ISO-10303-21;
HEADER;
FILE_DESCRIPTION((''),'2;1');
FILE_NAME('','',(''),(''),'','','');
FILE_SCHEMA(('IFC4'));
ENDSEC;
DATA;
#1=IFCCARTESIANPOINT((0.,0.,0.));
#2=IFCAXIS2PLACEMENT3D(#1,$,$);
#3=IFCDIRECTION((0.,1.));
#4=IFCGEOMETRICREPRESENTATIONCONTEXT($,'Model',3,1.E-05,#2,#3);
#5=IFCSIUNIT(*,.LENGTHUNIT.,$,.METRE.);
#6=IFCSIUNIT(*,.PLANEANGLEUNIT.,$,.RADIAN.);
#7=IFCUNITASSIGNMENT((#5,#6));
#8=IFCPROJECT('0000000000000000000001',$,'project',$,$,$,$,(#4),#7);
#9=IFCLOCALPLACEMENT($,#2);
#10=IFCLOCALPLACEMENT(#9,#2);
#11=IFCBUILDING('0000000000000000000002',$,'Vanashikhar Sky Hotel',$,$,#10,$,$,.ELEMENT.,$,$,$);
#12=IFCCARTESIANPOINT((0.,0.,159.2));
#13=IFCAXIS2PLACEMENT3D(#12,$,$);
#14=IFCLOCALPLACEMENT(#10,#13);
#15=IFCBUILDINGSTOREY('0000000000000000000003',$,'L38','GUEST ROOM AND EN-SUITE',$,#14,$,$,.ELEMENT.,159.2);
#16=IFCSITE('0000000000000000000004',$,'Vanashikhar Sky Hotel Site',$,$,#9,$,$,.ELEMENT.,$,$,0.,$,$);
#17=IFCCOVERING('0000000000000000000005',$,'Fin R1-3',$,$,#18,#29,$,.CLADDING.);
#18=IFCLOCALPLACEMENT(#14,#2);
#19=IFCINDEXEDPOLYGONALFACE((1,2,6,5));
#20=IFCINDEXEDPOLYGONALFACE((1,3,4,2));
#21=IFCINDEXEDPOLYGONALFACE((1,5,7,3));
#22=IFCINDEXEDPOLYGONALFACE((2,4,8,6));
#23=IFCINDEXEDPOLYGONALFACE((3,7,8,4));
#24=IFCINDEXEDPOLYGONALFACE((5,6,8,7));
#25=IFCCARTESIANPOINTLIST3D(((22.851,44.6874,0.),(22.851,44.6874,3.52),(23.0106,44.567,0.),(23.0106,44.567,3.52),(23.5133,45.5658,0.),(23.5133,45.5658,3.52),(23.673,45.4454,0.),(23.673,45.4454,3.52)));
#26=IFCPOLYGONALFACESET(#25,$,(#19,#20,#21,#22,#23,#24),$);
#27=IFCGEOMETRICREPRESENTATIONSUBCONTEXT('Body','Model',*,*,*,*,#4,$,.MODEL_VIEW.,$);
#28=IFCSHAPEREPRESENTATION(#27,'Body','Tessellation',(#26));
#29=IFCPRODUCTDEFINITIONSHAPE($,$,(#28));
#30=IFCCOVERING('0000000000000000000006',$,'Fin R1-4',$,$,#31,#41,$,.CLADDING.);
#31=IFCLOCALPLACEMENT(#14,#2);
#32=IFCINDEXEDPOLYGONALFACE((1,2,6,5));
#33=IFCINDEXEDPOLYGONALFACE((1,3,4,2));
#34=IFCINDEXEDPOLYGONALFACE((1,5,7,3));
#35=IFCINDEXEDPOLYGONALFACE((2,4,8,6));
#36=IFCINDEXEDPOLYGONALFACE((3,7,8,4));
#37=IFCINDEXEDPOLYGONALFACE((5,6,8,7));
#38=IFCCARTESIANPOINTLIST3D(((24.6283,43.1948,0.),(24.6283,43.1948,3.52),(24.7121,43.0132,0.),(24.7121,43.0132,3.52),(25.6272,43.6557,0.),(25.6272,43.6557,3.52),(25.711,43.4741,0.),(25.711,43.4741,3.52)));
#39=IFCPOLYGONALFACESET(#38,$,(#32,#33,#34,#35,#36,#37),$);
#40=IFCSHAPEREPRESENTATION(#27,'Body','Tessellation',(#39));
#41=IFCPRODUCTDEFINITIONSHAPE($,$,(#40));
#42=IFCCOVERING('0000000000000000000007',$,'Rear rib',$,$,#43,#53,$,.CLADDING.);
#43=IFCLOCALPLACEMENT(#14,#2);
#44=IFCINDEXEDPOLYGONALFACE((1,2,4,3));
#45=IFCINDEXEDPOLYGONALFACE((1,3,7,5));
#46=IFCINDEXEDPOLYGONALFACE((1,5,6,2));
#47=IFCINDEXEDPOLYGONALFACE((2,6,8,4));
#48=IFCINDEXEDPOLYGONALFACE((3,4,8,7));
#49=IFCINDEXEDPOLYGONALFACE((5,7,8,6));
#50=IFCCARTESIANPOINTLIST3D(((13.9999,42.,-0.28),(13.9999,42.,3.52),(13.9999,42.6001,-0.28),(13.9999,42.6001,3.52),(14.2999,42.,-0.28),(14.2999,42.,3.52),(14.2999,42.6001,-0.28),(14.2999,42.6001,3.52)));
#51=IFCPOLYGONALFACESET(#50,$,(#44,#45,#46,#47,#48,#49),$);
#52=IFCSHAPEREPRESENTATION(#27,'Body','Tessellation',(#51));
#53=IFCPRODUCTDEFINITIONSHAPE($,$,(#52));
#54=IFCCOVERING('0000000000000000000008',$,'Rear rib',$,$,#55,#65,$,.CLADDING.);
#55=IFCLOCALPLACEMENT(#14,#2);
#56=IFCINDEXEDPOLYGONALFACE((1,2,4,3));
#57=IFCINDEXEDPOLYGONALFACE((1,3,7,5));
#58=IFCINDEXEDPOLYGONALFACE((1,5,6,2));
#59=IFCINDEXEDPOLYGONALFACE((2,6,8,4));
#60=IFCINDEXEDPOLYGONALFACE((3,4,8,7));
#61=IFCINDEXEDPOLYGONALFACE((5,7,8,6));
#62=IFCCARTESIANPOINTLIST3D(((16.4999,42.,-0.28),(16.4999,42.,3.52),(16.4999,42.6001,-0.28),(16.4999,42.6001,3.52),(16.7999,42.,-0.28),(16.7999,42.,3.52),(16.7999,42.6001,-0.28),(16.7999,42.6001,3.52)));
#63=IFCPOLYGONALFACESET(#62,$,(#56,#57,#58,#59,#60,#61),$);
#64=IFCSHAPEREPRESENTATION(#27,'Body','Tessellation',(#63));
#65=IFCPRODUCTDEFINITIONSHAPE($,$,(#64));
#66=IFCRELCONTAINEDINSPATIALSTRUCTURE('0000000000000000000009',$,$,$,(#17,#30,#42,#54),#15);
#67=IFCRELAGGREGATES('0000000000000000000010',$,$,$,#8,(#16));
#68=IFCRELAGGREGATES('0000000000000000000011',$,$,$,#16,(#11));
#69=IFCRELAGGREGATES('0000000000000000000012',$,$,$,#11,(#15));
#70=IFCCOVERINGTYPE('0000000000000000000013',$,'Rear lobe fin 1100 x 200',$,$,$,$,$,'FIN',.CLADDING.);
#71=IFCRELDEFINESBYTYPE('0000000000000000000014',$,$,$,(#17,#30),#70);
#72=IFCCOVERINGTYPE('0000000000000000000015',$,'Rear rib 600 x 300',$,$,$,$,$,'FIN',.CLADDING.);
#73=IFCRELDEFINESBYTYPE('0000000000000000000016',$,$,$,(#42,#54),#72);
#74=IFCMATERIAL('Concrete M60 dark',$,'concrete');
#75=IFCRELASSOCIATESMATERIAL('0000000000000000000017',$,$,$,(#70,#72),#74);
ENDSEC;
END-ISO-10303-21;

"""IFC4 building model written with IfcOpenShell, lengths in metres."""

from ifc_helpers import new_model, si_unit, direction, frame, origin, origin_2d, place, context, subcontext, project, spatial, rectangle, extrude, source, transform, mapped, material, material_profile, profile_set, type_object, element, save


model = new_model("IFC4")

# Units and contexts
model_context = context("Model", 3, precision=1e-05, world=origin(), true_north=direction((0.0, 1.0)))
body_context = subcontext(model_context, "Body", "Model", "MODEL_VIEW")
ifc_project = project(units=[si_unit("LENGTHUNIT", "METRE"), si_unit("PLANEANGLEUNIT", "RADIAN")], contexts=[model_context])

# Site, building, storey
site_placement = place(None, origin())
site = spatial("IfcSite", under=ifc_project, at=site_placement, Name="Vanashikhar Sky Hotel Site", CompositionType="ELEMENT", RefElevation=0.0)
building_placement = place(site_placement, origin())
building = spatial("IfcBuilding", under=site, at=building_placement, Name="Vanashikhar Sky Hotel", CompositionType="ELEMENT")
storey_placement = place(building_placement, frame((0.0, 0.0, 159.2)))
storey = spatial("IfcBuildingStorey", under=building, at=storey_placement, Name="L38", Description="GUEST ROOM AND EN-SUITE", CompositionType="ELEMENT", Elevation=159.2)

# Coverings
ifc_material_1 = material(Name="Concrete M60 dark", Category="concrete")
ifc_material_profile_1 = material_profile(ifc_material_1, rectangle(XDim=1.1001, YDim=0.2, at=origin_2d()))
ifc_profile_set_1 = profile_set([ifc_material_profile_1], Name="Rear lobe fin 1100 x 200")
covering_type_1 = type_object("IfcCoveringType", Name="Rear lobe fin 1100 x 200", ElementType="FIN", PredefinedType="CLADDING", material=ifc_profile_set_1)
shared_shape_1 = source(origin(), body_context, "Body", "SweptSolid", [
    extrude(rectangle(XDim=1.1001, YDim=0.2, at=origin_2d()), origin(), (0.0, 0.0, 1.0), 3.52),
])
for number, where, z_axis, x_axis, name in (
    (1, (23.262, 45.0664, 0.0), (0.0, 0.0, 1.0), (0.602066, 0.798446, 0.0), "Fin R1-3"),
    (2, (25.1697, 43.3345, 0.0), (0.0, 0.0, 1.0), (0.908004, 0.418961, 0.0), "Fin R1-4"),
):
    element("IfcCovering", number, at=place(storey_placement, frame(where, z_axis=z_axis, x_axis=x_axis)), inside=storey, type_object=covering_type_1, Name=name, PredefinedType="CLADDING", context=body_context, shape_type="MappedRepresentation", body=[
        mapped(shared_shape_1, transform((0.0, 0.0, 0.0), scale=1.0)),
    ])
ifc_material_profile_2 = material_profile(ifc_material_1, rectangle(XDim=0.6001, YDim=0.3, at=origin_2d()))
ifc_profile_set_2 = profile_set([ifc_material_profile_2], Name="Rear rib 600 x 300")
covering_type_2 = type_object("IfcCoveringType", Name="Rear rib 600 x 300", ElementType="FIN", PredefinedType="CLADDING", material=ifc_profile_set_2)
shared_shape_2 = source(origin(), body_context, "Body", "SweptSolid", [
    extrude(rectangle(XDim=0.6001, YDim=0.3, at=origin_2d()), origin(), (0.0, 0.0, 1.0), 3.8),
])
for number, where, z_axis, x_axis, name in (
    (3, (14.1499, 42.3, -0.28), (0.0, 0.0, 1.0), (0.0, 1.0, 0.0), "Rear rib"),
    (4, (16.6499, 42.3, -0.28), (0.0, 0.0, 1.0), (0.0, 1.0, 0.0), "Rear rib"),
):
    element("IfcCovering", number, at=place(storey_placement, frame(where, z_axis=z_axis, x_axis=x_axis)), inside=storey, type_object=covering_type_2, Name=name, PredefinedType="CLADDING", context=body_context, shape_type="MappedRepresentation", body=[
        mapped(shared_shape_2, transform((0.0, 0.0, 0.0), scale=1.0)),
    ])

save(model, "model.ifc")
